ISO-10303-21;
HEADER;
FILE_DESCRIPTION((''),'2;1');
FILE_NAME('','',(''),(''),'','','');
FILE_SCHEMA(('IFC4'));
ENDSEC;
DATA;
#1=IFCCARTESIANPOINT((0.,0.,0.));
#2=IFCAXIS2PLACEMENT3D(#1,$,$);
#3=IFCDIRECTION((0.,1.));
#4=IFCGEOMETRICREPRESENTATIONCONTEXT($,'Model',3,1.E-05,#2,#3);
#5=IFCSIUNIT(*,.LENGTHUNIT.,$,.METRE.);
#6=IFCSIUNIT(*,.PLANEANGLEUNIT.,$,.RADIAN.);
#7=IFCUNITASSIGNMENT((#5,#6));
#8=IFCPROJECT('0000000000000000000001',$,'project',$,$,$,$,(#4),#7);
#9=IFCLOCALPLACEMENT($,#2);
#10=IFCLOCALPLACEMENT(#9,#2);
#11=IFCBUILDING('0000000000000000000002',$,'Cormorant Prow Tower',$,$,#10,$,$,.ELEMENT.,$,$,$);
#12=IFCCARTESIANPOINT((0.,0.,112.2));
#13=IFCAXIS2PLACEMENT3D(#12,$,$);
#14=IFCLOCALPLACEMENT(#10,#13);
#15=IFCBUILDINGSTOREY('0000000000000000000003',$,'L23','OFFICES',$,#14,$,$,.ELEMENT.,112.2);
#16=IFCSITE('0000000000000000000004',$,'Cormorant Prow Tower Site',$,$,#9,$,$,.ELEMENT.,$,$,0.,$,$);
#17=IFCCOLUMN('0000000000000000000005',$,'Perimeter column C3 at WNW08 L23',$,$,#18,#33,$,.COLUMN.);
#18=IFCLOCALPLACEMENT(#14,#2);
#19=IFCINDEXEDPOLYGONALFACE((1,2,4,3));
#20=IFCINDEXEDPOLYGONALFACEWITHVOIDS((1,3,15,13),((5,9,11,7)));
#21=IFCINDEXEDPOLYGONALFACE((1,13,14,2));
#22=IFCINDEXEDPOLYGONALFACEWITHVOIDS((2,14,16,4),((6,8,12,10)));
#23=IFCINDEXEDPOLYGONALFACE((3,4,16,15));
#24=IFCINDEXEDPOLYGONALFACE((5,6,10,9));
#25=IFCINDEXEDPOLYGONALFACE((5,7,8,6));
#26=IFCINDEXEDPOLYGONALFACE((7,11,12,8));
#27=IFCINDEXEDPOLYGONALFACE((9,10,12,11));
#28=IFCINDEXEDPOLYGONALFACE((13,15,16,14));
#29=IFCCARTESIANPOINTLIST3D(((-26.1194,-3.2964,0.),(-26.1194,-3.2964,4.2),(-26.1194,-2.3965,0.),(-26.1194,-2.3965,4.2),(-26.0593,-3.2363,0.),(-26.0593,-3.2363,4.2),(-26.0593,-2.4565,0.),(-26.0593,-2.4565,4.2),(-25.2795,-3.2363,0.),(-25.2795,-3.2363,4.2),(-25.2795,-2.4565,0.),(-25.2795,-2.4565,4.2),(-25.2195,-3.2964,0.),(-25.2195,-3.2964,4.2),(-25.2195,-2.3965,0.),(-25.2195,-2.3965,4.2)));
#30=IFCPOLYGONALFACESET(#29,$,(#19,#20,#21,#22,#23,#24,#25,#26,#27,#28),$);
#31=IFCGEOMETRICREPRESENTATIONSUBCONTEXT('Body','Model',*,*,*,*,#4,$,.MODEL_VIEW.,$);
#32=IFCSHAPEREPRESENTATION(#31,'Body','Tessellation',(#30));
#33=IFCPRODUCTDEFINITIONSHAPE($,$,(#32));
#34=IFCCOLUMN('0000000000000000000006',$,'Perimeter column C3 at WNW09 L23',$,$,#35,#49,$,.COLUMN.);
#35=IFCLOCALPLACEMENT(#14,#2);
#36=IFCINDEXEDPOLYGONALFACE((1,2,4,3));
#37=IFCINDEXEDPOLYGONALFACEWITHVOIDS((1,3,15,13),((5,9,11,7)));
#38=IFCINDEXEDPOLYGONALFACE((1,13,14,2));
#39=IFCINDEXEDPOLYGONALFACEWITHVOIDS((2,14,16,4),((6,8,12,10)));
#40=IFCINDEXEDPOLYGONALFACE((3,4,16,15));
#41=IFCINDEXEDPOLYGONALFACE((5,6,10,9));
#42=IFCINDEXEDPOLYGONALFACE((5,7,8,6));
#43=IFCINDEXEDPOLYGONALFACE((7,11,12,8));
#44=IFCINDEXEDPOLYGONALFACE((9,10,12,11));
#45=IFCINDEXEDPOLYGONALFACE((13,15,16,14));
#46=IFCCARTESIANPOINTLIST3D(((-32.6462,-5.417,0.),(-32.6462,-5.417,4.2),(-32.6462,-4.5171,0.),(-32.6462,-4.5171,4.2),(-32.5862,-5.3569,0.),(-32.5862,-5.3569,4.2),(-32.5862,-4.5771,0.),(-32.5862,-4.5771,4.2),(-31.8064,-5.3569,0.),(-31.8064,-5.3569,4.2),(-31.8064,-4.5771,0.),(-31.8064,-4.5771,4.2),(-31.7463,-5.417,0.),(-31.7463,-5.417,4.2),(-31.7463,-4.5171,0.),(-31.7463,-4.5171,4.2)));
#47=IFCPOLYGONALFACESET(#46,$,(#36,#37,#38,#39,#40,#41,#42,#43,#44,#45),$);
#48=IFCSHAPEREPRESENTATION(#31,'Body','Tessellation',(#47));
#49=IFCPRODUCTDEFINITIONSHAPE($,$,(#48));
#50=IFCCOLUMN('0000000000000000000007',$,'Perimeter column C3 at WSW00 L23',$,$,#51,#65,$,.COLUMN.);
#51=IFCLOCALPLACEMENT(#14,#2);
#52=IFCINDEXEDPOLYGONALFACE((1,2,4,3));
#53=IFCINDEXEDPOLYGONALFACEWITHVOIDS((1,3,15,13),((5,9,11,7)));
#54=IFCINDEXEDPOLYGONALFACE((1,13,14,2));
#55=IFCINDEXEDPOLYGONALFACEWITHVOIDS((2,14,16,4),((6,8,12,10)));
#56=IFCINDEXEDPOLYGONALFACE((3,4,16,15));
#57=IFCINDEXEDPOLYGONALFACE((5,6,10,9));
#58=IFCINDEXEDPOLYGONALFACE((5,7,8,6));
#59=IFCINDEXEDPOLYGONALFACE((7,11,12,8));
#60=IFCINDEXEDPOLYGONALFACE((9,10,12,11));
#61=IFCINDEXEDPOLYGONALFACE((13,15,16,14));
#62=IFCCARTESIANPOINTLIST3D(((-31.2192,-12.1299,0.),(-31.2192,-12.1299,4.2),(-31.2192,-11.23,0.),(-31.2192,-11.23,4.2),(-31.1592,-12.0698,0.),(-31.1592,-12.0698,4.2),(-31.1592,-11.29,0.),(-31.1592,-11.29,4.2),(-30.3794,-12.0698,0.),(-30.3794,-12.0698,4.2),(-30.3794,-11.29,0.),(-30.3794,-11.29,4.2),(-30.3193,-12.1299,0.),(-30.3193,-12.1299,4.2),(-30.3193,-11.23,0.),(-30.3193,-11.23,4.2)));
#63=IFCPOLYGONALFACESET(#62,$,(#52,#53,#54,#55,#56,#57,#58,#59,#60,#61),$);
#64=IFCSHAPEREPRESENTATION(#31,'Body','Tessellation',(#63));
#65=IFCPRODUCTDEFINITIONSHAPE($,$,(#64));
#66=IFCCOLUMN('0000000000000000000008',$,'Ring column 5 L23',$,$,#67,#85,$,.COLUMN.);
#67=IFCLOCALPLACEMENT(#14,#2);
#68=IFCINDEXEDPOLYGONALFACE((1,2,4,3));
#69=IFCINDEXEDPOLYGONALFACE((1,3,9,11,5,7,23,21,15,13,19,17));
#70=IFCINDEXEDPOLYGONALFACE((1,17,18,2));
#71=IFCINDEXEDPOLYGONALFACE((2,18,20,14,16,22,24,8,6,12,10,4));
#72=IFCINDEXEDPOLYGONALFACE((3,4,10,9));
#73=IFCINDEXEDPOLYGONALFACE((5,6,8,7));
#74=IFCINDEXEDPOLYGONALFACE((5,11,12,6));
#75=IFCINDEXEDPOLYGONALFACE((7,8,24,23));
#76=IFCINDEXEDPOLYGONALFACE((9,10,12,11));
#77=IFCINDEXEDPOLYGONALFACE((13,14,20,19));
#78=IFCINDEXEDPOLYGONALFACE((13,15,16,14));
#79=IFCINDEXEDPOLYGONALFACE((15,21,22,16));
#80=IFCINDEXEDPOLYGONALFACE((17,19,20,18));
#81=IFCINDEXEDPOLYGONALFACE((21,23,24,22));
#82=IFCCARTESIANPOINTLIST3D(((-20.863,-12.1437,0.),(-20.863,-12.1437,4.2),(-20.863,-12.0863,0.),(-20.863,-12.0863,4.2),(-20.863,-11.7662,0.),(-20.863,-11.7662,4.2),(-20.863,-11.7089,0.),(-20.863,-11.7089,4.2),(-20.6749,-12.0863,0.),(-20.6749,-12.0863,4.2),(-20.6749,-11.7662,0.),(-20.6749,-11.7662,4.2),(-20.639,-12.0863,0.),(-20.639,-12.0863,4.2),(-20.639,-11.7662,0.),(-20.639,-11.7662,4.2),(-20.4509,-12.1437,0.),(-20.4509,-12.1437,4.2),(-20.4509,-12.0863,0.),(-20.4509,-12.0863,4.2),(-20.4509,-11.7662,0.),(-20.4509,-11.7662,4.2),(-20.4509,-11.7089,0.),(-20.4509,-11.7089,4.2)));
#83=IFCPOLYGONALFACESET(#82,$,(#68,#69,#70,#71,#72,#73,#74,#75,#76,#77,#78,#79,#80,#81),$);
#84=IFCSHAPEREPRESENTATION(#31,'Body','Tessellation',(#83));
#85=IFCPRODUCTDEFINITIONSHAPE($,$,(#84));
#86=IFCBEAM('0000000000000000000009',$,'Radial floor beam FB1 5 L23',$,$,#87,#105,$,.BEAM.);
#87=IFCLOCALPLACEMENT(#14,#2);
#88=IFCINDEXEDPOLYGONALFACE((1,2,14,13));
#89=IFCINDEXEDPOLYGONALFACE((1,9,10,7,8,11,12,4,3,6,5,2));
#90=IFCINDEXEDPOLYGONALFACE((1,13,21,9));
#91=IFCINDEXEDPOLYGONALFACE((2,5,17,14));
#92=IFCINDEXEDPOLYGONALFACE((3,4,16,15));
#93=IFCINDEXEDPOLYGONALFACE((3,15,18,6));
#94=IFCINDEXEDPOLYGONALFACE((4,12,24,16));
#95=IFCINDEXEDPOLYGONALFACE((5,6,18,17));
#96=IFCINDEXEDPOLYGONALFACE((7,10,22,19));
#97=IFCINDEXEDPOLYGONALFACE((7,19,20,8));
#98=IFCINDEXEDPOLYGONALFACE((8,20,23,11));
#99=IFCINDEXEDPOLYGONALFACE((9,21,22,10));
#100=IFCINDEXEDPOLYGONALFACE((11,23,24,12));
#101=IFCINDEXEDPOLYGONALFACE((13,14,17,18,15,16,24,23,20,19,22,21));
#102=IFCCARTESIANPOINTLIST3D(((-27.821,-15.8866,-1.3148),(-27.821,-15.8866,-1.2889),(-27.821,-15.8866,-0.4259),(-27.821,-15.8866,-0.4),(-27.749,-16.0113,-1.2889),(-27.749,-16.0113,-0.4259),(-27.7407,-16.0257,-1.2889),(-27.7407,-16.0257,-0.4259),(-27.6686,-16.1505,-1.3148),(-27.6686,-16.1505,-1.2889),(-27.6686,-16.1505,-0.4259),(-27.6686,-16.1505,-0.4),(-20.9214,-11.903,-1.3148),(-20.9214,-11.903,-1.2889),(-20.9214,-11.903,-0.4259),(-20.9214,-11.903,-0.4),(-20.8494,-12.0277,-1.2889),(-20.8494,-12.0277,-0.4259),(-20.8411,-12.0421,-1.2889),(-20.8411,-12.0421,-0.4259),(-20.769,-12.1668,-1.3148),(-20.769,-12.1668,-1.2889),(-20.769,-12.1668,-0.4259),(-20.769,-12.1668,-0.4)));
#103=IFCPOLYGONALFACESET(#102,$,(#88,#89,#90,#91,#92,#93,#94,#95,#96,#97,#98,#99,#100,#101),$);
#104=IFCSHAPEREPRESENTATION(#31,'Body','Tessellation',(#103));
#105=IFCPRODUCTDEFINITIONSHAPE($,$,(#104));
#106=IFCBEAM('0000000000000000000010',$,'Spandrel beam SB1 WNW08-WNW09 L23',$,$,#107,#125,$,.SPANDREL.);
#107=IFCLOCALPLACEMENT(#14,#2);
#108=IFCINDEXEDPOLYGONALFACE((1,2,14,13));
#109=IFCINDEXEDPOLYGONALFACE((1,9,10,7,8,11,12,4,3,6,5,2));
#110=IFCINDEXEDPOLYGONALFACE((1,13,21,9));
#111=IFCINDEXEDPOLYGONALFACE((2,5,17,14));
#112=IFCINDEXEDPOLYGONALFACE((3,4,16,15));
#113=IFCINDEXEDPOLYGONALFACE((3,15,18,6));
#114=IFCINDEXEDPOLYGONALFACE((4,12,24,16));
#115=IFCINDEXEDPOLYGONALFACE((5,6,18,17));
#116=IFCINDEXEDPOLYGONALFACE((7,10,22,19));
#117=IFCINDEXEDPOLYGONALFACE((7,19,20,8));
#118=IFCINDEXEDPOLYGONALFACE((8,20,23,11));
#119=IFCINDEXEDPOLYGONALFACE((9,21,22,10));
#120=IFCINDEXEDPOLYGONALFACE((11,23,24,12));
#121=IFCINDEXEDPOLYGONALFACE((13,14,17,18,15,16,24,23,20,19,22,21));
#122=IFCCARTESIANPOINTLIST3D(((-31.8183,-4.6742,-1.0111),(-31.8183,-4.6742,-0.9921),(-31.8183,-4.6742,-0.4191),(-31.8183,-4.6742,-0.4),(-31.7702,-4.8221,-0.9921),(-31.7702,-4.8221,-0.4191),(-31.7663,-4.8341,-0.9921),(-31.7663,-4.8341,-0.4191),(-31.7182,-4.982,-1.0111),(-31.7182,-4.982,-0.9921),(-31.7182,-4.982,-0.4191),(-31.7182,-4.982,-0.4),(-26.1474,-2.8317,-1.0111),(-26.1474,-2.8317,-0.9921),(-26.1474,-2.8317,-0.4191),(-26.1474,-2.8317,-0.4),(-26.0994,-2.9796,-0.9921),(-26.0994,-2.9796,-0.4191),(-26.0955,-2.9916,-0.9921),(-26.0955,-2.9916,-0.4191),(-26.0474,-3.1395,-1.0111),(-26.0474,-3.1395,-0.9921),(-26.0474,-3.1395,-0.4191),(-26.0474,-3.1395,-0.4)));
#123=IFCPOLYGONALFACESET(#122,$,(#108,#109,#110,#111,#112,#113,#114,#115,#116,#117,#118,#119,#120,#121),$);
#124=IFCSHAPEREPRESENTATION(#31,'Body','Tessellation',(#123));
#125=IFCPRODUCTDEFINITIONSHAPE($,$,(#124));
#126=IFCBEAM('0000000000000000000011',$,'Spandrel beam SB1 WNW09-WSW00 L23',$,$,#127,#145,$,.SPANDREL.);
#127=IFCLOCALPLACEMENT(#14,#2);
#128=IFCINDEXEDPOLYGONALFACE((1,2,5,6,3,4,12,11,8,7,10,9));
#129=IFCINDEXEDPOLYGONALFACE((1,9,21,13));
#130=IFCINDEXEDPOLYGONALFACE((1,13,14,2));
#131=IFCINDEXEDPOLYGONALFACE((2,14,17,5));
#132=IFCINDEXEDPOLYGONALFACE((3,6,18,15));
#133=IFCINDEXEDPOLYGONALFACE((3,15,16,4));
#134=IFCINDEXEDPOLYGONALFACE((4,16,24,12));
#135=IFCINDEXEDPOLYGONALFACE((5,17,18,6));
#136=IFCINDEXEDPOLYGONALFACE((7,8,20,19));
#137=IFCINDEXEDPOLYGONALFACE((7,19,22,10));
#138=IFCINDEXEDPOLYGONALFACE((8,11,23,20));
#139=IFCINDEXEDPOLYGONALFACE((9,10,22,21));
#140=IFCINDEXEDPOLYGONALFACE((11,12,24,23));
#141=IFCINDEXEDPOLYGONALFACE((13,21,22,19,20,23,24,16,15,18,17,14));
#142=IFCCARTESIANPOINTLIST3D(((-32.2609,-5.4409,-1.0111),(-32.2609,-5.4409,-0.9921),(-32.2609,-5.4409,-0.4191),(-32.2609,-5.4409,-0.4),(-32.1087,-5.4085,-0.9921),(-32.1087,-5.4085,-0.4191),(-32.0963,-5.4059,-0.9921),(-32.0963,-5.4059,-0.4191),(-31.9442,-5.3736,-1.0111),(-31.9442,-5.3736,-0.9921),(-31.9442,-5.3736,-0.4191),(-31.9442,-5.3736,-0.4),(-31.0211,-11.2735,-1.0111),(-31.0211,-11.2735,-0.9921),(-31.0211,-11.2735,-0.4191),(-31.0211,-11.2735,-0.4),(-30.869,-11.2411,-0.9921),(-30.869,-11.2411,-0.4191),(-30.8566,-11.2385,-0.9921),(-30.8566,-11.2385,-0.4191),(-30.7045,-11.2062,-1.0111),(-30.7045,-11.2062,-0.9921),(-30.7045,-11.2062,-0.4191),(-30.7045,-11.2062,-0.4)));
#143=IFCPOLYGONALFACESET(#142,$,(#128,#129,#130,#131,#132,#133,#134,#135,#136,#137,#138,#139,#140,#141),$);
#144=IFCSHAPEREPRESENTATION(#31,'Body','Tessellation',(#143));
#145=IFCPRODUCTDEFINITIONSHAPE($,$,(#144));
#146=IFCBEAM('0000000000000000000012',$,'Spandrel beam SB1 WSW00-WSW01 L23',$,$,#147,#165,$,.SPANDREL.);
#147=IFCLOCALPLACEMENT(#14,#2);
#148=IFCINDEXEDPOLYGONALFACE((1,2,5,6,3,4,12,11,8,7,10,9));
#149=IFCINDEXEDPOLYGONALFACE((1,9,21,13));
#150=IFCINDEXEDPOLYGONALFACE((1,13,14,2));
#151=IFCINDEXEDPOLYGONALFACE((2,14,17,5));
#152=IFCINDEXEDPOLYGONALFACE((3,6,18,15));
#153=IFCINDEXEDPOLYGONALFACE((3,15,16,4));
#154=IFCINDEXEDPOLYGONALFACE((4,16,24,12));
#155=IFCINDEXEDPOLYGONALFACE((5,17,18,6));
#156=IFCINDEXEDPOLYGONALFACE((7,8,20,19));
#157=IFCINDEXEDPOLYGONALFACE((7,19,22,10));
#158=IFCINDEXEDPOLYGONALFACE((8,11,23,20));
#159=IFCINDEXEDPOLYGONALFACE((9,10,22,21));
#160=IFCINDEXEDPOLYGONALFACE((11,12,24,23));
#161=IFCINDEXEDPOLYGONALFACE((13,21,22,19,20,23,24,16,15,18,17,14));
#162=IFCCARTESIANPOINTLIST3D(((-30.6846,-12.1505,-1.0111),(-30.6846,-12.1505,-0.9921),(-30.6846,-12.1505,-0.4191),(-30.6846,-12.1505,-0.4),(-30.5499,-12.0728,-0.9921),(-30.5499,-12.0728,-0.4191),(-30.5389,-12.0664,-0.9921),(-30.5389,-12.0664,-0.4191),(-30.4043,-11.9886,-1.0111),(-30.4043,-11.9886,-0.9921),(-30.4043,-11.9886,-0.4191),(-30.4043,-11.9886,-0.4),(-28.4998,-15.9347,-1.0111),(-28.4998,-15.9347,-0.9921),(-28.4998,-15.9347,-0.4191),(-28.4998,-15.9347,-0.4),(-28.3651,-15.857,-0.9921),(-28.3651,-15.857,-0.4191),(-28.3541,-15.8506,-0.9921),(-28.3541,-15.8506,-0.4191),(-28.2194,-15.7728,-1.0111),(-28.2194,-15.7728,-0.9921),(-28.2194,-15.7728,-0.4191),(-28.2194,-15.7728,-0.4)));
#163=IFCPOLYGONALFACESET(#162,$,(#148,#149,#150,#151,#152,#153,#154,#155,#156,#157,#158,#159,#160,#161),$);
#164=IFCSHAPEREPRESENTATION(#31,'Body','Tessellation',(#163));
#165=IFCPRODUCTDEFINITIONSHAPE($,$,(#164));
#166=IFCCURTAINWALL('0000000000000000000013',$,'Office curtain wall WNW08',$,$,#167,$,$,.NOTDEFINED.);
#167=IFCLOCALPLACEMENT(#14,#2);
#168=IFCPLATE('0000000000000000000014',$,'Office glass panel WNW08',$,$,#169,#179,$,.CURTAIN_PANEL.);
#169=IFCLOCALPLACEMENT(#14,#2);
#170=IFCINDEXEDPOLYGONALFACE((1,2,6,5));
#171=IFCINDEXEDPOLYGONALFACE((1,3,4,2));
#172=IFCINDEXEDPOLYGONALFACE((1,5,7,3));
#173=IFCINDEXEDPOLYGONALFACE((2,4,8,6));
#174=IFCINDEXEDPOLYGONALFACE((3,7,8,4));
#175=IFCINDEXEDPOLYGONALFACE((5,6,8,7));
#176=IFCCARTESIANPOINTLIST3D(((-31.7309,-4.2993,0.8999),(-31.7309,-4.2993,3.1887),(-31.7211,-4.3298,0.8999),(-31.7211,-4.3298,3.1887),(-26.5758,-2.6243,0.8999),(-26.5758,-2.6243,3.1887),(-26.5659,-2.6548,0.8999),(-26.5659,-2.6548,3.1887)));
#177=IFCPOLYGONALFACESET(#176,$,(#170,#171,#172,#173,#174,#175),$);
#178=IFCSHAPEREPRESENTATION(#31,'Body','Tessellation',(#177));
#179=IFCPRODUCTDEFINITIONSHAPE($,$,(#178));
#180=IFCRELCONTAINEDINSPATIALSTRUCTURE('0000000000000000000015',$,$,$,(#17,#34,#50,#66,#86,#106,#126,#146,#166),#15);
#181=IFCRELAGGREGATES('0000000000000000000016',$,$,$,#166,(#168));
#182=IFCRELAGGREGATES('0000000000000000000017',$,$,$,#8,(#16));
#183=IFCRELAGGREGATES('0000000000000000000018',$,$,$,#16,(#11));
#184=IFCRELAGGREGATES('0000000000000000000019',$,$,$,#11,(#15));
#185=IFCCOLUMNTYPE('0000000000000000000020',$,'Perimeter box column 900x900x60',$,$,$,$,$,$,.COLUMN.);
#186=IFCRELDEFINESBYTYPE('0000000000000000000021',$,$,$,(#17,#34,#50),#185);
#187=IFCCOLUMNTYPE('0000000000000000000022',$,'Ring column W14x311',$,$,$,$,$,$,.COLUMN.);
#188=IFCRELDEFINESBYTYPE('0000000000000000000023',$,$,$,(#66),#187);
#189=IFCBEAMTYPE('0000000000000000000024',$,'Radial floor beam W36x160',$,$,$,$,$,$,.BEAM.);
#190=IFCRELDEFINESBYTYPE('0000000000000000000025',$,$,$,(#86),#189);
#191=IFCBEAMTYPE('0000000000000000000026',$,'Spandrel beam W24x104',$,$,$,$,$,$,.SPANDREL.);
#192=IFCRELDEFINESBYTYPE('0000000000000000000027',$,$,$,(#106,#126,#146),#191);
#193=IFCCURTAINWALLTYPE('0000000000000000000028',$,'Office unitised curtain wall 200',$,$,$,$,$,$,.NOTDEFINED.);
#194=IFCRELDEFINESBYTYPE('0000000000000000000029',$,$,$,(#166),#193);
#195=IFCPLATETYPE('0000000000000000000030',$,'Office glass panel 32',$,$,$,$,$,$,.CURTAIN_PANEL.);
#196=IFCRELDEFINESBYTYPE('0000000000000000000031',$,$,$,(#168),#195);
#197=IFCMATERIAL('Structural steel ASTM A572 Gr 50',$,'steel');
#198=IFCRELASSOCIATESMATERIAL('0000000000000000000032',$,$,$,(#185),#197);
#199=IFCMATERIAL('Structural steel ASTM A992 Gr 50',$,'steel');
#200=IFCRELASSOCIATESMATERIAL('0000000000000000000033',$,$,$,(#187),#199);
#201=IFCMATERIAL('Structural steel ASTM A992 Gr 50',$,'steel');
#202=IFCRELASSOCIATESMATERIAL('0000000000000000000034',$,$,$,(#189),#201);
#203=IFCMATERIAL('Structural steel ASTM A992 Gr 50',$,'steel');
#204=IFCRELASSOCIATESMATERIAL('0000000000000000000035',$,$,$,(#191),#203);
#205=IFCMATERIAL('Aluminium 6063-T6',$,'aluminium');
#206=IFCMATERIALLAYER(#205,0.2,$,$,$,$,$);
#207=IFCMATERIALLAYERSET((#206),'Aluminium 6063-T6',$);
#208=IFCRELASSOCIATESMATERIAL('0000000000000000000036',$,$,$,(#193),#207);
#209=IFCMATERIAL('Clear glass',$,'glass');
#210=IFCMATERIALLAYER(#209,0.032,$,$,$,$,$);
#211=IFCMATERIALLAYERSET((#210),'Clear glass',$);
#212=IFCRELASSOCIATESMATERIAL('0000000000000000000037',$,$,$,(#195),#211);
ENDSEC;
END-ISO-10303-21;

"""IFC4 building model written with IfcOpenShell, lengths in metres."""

from ifc_helpers import new_model, si_unit, direction, frame, origin, origin_2d, place, context, subcontext, project, spatial, rectangle, hollow_rectangle, i_section, extrude, material, layer, layer_set, material_profile, profile_set, type_object, element, aggregate, save


model = new_model("IFC4")

# Units and contexts
model_context = context("Model", 3, precision=1e-05, world=origin(), true_north=direction((0.0, 1.0)))
body_context = subcontext(model_context, "Body", "Model", "MODEL_VIEW")
ifc_project = project(units=[si_unit("LENGTHUNIT", "METRE"), si_unit("PLANEANGLEUNIT", "RADIAN")], contexts=[model_context])

# Site, building, storey
site_placement = place(None, origin())
site = spatial("IfcSite", under=ifc_project, at=site_placement, Name="Cormorant Prow Tower Site", CompositionType="ELEMENT", RefElevation=0.0)
building_placement = place(site_placement, origin())
building = spatial("IfcBuilding", under=site, at=building_placement, Name="Cormorant Prow Tower", CompositionType="ELEMENT")
storey_placement = place(building_placement, frame((0.0, 0.0, 112.2)))
storey = spatial("IfcBuildingStorey", under=building, at=storey_placement, Name="L23", Description="OFFICES", CompositionType="ELEMENT", Elevation=112.2)

# Columns
ifc_material_1 = material(Name="Structural steel ASTM A572 Gr 50", Category="steel")
ifc_material_profile_1 = material_profile(ifc_material_1, hollow_rectangle(XDim=0.8999, YDim=0.8999, WallThickness=0.0601, at=origin_2d()), Name="Box 900x900x60")
ifc_profile_set_1 = profile_set([ifc_material_profile_1], Name="Structural steel ASTM A572 Gr 50")
column_type_1 = type_object("IfcColumnType", Name="Perimeter box column 900x900x60", PredefinedType="COLUMN", material=ifc_profile_set_1)
for number, where, z_axis, x_axis, name in (
    (1, (-25.6694, -2.8464, 0.0), (0.0, 0.0, 1.0), (1.0, 0.0, 0.0), "Perimeter column C3 at WNW08 L23"),
    (2, (-32.1963, -4.967, 0.0), (0.0, 0.0, 1.0), (1.0, 0.0, 0.0), "Perimeter column C3 at WNW09 L23"),
    (3, (-30.7693, -11.6799, 0.0), (0.0, 0.0, 1.0), (1.0, 0.0, 0.0), "Perimeter column C3 at WSW00 L23"),
):
    element("IfcColumn", number, at=place(storey_placement, frame(where, z_axis=z_axis, x_axis=x_axis)), inside=storey, type_object=column_type_1, Name=name, PredefinedType="COLUMN", context=body_context, shape_type="SweptSolid", body=[
        extrude(hollow_rectangle(XDim=0.8999, YDim=0.8999, WallThickness=0.0601, at=origin_2d()), origin(), (0.0, 0.0, 1.0), 4.2),
    ])
ifc_material_2 = material(Name="Structural steel ASTM A992 Gr 50", Category="steel")
ifc_material_profile_2 = material_profile(ifc_material_2, i_section(OverallWidth=0.4121, OverallDepth=0.4348, WebThickness=0.0359, FlangeThickness=0.0574, at=origin_2d()), Name="W14x311")
ifc_profile_set_2 = profile_set([ifc_material_profile_2], Name="Structural steel ASTM A992 Gr 50")
column_type_2 = type_object("IfcColumnType", Name="Ring column W14x311", PredefinedType="COLUMN", material=ifc_profile_set_2)
column_placement = place(storey_placement, frame((-20.657, -11.9263, 0.0), z_axis=(0.0, 0.0, 1.0), x_axis=(1.0, 0.0, 0.0)))
element("IfcColumn", 4, at=column_placement, inside=storey, type_object=column_type_2, Name="Ring column 5 L23", PredefinedType="COLUMN", context=body_context, shape_type="SweptSolid", body=[
    extrude(i_section(OverallWidth=0.4121, OverallDepth=0.4348, WebThickness=0.0359, FlangeThickness=0.0574, at=origin_2d()), origin(), (0.0, 0.0, 1.0), 4.2),
])

# Beams
ifc_material_3 = material(Name="Structural steel ASTM A992 Gr 50", Category="steel")
ifc_material_profile_3 = material_profile(ifc_material_3, i_section(OverallWidth=0.3047, OverallDepth=0.9148, WebThickness=0.0166, FlangeThickness=0.0259, at=origin_2d()), Name="W36x160")
ifc_profile_set_3 = profile_set([ifc_material_profile_3], Name="Structural steel ASTM A992 Gr 50")
beam_type_1 = type_object("IfcBeamType", Name="Radial floor beam W36x160", PredefinedType="BEAM", material=ifc_profile_set_3)
beam_1_placement = place(storey_placement, frame((-20.8452, -12.0349, -0.8574), z_axis=(-0.866019, -0.500012, 0.0), x_axis=(0.500012, -0.866019, 0.0)))
element("IfcBeam", 5, at=beam_1_placement, inside=storey, type_object=beam_type_1, Name="Radial floor beam FB1 5 L23", PredefinedType="BEAM", context=body_context, shape_type="SweptSolid", body=[
    extrude(i_section(OverallWidth=0.3047, OverallDepth=0.9148, WebThickness=0.0166, FlangeThickness=0.0259, at=origin_2d()), origin(), (0.0, 0.0, 1.0), 7.967),
])
ifc_material_4 = material(Name="Structural steel ASTM A992 Gr 50", Category="steel")
ifc_material_profile_4 = material_profile(ifc_material_4, i_section(OverallWidth=0.3237, OverallDepth=0.6111, WebThickness=0.0127, FlangeThickness=0.019, at=origin_2d()), Name="W24x104")
ifc_profile_set_4 = profile_set([ifc_material_profile_4], Name="Structural steel ASTM A992 Gr 50")
beam_type_2 = type_object("IfcBeamType", Name="Spandrel beam W24x104", PredefinedType="SPANDREL", material=ifc_profile_set_4)
beam_2_placement = place(storey_placement, frame((-26.0974, -2.9856, -0.7056), z_axis=(-0.951059, -0.309008, 0.0), x_axis=(0.309008, -0.951059, 0.0)))
element("IfcBeam", 6, at=beam_2_placement, inside=storey, type_object=beam_type_2, Name="Spandrel beam SB1 WNW08-WNW09 L23", PredefinedType="SPANDREL", context=body_context, shape_type="SweptSolid", body=[
    extrude(i_section(OverallWidth=0.3237, OverallDepth=0.6111, WebThickness=0.0127, FlangeThickness=0.019, at=origin_2d()), origin(), (0.0, 0.0, 1.0), 5.9626),
])
beam_3_placement = place(storey_placement, frame((-32.1025, -5.4072, -0.7056), z_axis=(0.207913, -0.978147, 0.0), x_axis=(0.978147, 0.207913, 0.0)))
element("IfcBeam", 7, at=beam_3_placement, inside=storey, type_object=beam_type_2, Name="Spandrel beam SB1 WNW09-WSW00 L23", PredefinedType="SPANDREL", context=body_context, shape_type="SweptSolid", body=[
    extrude(i_section(OverallWidth=0.3237, OverallDepth=0.6111, WebThickness=0.0127, FlangeThickness=0.019, at=origin_2d()), origin(), (0.0, 0.0, 1.0), 5.9629),
])
beam_4_placement = place(storey_placement, frame((-30.5444, -12.0696, -0.7056), z_axis=(0.500003, -0.866024, 0.0), x_axis=(0.866024, 0.500003, 0.0)))
element("IfcBeam", 8, at=beam_4_placement, inside=storey, type_object=beam_type_2, Name="Spandrel beam SB1 WSW00-WSW01 L23", PredefinedType="SPANDREL", context=body_context, shape_type="SweptSolid", body=[
    extrude(i_section(OverallWidth=0.3237, OverallDepth=0.6111, WebThickness=0.0127, FlangeThickness=0.019, at=origin_2d()), origin(), (0.0, 0.0, 1.0), 4.3696),
])

# Curtain wall, plate
ifc_material_5 = material(Name="Aluminium 6063-T6", Category="aluminium")
ifc_layer_1 = layer(ifc_material_5, 0.2)
ifc_layer_set_1 = layer_set([ifc_layer_1], Name="Aluminium 6063-T6")
curtain_wall_type = type_object("IfcCurtainWallType", Name="Office unitised curtain wall 200", PredefinedType="NOTDEFINED", material=ifc_layer_set_1)
curtain_wall_placement = place(storey_placement, origin())
curtain_wall = element("IfcCurtainWall", 9, at=curtain_wall_placement, inside=storey, type_object=curtain_wall_type, Name="Office curtain wall WNW08", PredefinedType="NOTDEFINED")
ifc_material_6 = material(Name="Clear glass", Category="glass")
ifc_layer_2 = layer(ifc_material_6, 0.032)
ifc_layer_set_2 = layer_set([ifc_layer_2], Name="Clear glass")
plate_type = type_object("IfcPlateType", Name="Office glass panel 32", PredefinedType="CURTAIN_PANEL", material=ifc_layer_set_2)
plate_placement = place(storey_placement, frame((-29.1484, -3.4771, 0.8999), z_axis=(0.0, 0.0, 1.0), x_axis=(-0.951057, -0.309017, 0.0)))
plate = element("IfcPlate", 10, at=plate_placement, type_object=plate_type, Name="Office glass panel WNW08", PredefinedType="CURTAIN_PANEL", context=body_context, shape_type="SweptSolid", body=[
    extrude(rectangle(XDim=5.4204, YDim=0.032, at=origin_2d()), origin(), (0.0, 0.0, 1.0), 2.2888),
])
aggregate(curtain_wall, [plate])

save(model, "model.ifc")
